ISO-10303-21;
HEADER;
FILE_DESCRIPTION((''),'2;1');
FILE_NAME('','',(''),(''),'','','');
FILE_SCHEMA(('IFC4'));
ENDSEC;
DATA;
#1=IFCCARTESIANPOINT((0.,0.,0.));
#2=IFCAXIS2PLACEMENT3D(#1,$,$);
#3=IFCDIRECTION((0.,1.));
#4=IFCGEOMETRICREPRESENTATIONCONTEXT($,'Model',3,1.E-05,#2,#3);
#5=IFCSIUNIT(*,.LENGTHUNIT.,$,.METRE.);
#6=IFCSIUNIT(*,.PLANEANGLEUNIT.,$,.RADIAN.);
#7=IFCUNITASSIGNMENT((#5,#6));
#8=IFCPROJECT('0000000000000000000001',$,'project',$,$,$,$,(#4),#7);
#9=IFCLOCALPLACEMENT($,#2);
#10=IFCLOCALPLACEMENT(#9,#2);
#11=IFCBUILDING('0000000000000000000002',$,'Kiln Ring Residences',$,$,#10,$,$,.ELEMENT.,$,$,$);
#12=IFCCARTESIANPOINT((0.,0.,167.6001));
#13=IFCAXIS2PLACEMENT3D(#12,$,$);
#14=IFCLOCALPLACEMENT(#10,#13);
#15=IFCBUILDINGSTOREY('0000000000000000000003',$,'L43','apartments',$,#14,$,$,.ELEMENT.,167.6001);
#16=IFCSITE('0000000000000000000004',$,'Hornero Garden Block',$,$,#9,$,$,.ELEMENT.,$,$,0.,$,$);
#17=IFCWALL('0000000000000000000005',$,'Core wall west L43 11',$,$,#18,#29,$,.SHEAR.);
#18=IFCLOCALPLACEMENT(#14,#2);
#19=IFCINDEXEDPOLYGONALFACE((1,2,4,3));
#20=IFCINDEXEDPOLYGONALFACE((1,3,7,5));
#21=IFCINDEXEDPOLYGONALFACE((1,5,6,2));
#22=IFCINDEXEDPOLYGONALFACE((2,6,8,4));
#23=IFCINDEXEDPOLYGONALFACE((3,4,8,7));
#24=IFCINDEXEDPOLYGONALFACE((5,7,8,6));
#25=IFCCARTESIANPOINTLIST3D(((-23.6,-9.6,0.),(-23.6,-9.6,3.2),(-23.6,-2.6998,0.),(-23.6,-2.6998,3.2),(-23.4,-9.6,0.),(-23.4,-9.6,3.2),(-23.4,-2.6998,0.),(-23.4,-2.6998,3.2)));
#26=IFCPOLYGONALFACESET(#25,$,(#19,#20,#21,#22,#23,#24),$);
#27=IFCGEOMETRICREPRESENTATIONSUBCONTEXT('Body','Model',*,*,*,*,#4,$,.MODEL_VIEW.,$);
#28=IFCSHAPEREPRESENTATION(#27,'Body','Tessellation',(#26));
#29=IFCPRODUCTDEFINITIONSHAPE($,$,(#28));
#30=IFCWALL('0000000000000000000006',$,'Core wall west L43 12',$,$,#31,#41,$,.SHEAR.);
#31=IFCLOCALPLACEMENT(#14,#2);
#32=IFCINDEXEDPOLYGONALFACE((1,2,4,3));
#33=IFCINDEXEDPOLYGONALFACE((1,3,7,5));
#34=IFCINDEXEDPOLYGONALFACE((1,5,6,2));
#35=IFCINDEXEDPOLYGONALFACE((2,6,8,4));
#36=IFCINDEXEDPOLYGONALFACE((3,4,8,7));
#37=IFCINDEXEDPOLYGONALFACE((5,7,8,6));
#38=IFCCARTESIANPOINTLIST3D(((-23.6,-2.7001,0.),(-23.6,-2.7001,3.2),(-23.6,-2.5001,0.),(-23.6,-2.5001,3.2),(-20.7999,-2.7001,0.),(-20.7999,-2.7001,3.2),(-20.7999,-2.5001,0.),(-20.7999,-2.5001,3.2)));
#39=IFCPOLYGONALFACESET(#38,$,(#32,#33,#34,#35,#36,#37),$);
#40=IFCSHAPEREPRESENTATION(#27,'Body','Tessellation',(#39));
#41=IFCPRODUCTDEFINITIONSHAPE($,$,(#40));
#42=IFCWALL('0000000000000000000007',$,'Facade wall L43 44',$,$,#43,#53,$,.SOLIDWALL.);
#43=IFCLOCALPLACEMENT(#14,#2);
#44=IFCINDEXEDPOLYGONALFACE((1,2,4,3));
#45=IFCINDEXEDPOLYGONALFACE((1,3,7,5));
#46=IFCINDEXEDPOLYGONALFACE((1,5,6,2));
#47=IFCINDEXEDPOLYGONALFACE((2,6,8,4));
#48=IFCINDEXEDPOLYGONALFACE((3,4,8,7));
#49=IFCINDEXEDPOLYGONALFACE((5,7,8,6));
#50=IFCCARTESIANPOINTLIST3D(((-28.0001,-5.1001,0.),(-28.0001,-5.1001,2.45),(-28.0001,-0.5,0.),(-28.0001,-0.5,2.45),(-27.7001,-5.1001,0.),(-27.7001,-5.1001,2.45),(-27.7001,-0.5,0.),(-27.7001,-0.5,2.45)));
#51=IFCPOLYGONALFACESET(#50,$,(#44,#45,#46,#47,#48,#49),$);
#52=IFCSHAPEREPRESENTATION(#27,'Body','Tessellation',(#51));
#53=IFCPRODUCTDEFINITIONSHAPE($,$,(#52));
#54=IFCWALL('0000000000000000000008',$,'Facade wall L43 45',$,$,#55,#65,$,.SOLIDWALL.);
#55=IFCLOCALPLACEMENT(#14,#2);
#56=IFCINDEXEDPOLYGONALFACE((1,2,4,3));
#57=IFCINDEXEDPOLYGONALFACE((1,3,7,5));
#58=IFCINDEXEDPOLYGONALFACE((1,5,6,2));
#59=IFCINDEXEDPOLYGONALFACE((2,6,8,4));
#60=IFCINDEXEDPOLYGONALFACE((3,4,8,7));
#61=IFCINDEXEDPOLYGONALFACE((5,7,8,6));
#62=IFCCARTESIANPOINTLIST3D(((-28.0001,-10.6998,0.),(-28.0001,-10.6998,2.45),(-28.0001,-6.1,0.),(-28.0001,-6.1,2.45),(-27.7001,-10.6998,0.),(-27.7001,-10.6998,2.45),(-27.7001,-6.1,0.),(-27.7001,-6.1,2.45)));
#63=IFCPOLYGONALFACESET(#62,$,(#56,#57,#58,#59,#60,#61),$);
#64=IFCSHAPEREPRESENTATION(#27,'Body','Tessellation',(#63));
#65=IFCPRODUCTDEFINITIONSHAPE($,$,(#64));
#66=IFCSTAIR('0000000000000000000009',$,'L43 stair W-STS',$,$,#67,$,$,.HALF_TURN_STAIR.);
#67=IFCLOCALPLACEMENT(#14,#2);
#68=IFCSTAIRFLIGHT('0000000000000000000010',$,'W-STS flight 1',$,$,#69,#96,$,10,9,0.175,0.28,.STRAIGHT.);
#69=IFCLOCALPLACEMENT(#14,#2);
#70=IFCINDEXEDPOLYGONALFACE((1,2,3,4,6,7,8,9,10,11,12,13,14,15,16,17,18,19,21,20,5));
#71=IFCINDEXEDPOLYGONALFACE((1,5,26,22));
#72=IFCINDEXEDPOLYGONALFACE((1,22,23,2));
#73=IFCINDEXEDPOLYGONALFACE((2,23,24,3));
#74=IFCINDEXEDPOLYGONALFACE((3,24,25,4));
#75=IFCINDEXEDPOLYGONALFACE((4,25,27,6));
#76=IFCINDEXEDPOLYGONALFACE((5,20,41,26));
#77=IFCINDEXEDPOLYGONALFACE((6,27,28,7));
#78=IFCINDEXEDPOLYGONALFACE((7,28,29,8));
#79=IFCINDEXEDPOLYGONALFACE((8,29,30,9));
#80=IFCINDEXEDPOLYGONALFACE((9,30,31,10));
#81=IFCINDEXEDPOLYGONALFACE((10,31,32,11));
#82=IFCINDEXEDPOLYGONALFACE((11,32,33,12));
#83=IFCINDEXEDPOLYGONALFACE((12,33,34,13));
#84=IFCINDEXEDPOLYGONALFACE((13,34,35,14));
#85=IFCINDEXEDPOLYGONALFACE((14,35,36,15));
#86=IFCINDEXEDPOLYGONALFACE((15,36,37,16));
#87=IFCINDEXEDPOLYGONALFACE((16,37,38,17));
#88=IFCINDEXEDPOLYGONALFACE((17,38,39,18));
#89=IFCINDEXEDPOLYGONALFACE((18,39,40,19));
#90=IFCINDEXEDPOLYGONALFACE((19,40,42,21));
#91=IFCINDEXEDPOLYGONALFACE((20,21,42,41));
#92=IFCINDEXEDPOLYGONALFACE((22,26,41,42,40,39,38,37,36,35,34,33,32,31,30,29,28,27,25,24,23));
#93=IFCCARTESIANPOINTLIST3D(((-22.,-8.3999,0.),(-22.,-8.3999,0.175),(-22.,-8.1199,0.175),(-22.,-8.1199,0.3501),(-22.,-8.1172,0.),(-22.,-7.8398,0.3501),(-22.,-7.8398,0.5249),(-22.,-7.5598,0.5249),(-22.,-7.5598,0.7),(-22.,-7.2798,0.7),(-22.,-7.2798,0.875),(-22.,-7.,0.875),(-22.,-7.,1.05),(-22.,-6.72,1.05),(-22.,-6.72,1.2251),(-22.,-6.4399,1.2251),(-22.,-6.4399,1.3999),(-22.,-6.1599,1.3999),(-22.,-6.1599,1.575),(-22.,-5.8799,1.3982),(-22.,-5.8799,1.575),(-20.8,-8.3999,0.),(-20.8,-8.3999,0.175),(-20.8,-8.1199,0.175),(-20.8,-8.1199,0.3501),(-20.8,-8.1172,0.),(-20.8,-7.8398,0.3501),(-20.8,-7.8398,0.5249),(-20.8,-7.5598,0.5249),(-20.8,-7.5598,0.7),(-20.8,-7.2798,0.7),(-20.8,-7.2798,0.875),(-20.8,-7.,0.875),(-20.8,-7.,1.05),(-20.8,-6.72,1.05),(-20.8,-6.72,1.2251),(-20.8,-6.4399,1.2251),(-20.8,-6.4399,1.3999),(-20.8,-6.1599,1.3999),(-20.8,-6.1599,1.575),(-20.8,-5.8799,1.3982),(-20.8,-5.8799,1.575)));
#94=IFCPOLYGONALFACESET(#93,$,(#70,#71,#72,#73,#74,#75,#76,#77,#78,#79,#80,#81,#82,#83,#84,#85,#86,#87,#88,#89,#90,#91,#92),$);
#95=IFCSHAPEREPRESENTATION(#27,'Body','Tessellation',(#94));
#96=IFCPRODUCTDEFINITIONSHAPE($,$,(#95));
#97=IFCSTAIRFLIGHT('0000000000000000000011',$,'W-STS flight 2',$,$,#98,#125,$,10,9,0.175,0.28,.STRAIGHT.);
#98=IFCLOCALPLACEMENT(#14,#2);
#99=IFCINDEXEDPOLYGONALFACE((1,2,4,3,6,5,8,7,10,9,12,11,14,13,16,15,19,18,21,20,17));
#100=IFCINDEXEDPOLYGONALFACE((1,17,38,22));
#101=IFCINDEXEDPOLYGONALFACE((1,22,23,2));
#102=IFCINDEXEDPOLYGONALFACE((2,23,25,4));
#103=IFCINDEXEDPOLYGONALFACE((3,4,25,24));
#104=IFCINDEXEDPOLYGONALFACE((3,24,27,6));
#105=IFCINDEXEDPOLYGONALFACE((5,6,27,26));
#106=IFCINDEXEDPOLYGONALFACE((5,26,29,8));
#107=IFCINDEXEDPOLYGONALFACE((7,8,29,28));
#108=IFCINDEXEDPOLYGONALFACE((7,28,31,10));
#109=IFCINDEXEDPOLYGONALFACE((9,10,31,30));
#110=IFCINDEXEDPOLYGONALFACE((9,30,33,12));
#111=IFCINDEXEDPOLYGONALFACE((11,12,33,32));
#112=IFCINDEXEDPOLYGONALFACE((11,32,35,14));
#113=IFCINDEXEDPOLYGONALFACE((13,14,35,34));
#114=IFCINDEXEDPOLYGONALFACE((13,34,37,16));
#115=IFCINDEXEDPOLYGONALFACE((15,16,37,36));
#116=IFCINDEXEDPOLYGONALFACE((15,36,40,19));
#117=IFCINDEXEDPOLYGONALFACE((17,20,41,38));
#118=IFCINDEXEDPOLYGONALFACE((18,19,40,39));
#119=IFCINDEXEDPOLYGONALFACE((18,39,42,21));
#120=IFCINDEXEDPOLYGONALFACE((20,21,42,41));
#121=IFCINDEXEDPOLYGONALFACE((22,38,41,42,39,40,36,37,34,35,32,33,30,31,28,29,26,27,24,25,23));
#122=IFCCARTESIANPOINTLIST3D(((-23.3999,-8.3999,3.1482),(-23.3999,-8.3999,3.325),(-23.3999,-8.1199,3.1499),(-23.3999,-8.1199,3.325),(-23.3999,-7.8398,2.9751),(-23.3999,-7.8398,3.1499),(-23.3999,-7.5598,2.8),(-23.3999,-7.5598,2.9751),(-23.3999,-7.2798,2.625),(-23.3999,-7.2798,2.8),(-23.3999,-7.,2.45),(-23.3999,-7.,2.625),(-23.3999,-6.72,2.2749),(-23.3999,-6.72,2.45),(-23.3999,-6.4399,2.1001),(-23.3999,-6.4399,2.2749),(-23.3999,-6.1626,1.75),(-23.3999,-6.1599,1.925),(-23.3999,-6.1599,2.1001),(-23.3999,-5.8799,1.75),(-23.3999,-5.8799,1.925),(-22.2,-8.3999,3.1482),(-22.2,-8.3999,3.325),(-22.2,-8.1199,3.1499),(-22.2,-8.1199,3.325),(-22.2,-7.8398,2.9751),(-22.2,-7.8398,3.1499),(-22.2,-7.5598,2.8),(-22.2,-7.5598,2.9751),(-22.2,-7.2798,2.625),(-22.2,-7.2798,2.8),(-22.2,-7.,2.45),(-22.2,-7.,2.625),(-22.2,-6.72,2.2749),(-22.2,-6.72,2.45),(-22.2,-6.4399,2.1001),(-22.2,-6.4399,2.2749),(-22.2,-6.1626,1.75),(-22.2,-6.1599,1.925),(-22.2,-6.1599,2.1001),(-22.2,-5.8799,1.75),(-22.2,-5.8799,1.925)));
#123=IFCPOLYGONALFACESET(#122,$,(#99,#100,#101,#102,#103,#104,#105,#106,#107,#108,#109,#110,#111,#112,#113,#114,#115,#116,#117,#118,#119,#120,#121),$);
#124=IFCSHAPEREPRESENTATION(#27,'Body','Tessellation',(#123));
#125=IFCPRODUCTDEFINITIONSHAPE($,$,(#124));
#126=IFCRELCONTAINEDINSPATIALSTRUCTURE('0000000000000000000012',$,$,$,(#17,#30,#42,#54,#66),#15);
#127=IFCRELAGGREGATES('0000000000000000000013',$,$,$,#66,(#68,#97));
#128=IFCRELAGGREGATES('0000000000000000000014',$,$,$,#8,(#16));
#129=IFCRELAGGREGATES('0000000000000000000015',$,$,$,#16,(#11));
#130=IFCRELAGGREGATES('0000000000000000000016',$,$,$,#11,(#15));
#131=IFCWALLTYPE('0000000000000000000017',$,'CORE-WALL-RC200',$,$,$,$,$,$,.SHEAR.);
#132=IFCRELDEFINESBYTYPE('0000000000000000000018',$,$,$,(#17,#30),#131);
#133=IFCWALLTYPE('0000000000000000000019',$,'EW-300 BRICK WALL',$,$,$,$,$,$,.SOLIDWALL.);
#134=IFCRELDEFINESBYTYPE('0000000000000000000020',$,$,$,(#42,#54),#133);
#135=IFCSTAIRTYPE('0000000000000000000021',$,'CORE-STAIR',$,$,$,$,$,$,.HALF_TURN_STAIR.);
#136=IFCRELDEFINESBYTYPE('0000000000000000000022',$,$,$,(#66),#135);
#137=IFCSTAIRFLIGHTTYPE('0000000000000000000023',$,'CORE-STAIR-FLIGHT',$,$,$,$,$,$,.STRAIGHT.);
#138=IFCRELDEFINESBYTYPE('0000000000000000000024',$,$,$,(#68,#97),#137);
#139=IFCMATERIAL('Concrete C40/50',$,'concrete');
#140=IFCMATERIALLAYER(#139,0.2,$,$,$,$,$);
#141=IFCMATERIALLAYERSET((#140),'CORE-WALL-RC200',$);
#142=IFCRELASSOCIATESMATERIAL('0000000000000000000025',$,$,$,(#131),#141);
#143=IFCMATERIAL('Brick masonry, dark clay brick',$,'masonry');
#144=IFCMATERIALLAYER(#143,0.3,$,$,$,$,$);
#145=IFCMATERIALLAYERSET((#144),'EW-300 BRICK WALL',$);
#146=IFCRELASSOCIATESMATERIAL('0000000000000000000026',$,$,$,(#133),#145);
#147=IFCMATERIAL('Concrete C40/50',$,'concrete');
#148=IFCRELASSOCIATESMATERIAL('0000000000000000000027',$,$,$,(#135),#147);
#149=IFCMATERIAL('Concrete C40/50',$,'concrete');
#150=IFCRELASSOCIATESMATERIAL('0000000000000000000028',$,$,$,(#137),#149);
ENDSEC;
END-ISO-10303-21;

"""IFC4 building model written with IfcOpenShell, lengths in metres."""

from ifc_helpers import new_model, si_unit, direction, frame, frame_2d, origin, place, context, subcontext, project, spatial, polyline, rectangle, outline, extrude, material, layer, layer_set, type_object, element, aggregate, save


model = new_model("IFC4")

# Units and contexts
model_context = context("Model", 3, precision=1e-05, world=origin(), true_north=direction((0.0, 1.0)))
body_context = subcontext(model_context, "Body", "Model", "MODEL_VIEW")
ifc_project = project(units=[si_unit("LENGTHUNIT", "METRE"), si_unit("PLANEANGLEUNIT", "RADIAN")], contexts=[model_context])

# Site, building, storey
site_placement = place(None, origin())
site = spatial("IfcSite", under=ifc_project, at=site_placement, Name="Hornero Garden Block", CompositionType="ELEMENT", RefElevation=0.0)
building_placement = place(site_placement, origin())
building = spatial("IfcBuilding", under=site, at=building_placement, Name="Kiln Ring Residences", CompositionType="ELEMENT")
storey_placement = place(building_placement, frame((0.0, 0.0, 167.6001)))
storey = spatial("IfcBuildingStorey", under=building, at=storey_placement, Name="L43", Description="apartments", CompositionType="ELEMENT", Elevation=167.6001)

# Shared definitions
ifc_material_1 = material(Name="Concrete C40/50", Category="concrete")
ifc_layer_1 = layer(ifc_material_1, 0.2)
ifc_layer_set_1 = layer_set([ifc_layer_1], Name="CORE-WALL-RC200")
wall_type_1 = type_object("IfcWallType", Name="CORE-WALL-RC200", PredefinedType="SHEAR", material=ifc_layer_set_1)

# Walls
wall_1_placement = place(storey_placement, frame((-23.5, -9.6001, 0.0), z_axis=(0.0, 0.0, 1.0), x_axis=(0.0, 1.0, 0.0)))
element("IfcWall", 1, at=wall_1_placement, inside=storey, type_object=wall_type_1, Name="Core wall west L43 11", PredefinedType="SHEAR", context=body_context, shape_type="SweptSolid", body=[
    extrude(rectangle(XDim=6.9001, YDim=0.2, at=frame_2d((3.4502, 0.0))), origin(), (0.0, 0.0, 1.0), 3.2),
])
wall_2_placement = place(storey_placement, frame((-20.8, -2.6001, 0.0), z_axis=(0.0, 0.0, 1.0), x_axis=(-1.0, 0.0, 0.0)))
element("IfcWall", 2, at=wall_2_placement, inside=storey, type_object=wall_type_1, Name="Core wall west L43 12", PredefinedType="SHEAR", context=body_context, shape_type="SweptSolid", body=[
    extrude(rectangle(XDim=2.8, YDim=0.2, at=frame_2d((1.3999, 0.0))), origin(), (0.0, 0.0, 1.0), 3.2),
])
ifc_material_2 = material(Name="Brick masonry, dark clay brick", Category="masonry")
ifc_layer_2 = layer(ifc_material_2, 0.3)
ifc_layer_set_2 = layer_set([ifc_layer_2], Name="EW-300 BRICK WALL")
wall_type_2 = type_object("IfcWallType", Name="EW-300 BRICK WALL", PredefinedType="SOLIDWALL", material=ifc_layer_set_2)
wall_3_placement = place(storey_placement, frame((-27.8501, -0.5, 0.0), z_axis=(0.0, 0.0, 1.0), x_axis=(0.0, -1.0, 0.0)))
element("IfcWall", 3, at=wall_3_placement, inside=storey, type_object=wall_type_2, Name="Facade wall L43 44", PredefinedType="SOLIDWALL", context=body_context, shape_type="SweptSolid", body=[
    extrude(rectangle(XDim=4.6001, YDim=0.3, at=frame_2d((2.3, 0.0))), origin(), (0.0, 0.0, 1.0), 2.45),
])
wall_4_placement = place(storey_placement, frame((-27.8501, -6.1001, 0.0), z_axis=(0.0, 0.0, 1.0), x_axis=(0.0, -1.0, 0.0)))
element("IfcWall", 4, at=wall_4_placement, inside=storey, type_object=wall_type_2, Name="Facade wall L43 45", PredefinedType="SOLIDWALL", context=body_context, shape_type="SweptSolid", body=[
    extrude(rectangle(XDim=4.5999, YDim=0.3, at=frame_2d((2.2998, 0.0))), origin(), (0.0, 0.0, 1.0), 2.45),
])

# Stair, stair flights
ifc_material_3 = material(Name="Concrete C40/50", Category="concrete")
stair_type = type_object("IfcStairType", Name="CORE-STAIR", PredefinedType="HALF_TURN_STAIR", material=ifc_material_3)
stair_placement = place(storey_placement, origin())
stair = element("IfcStair", 5, at=stair_placement, inside=storey, type_object=stair_type, Name="L43 stair W-STS", PredefinedType="HALF_TURN_STAIR")
ifc_material_4 = material(Name="Concrete C40/50", Category="concrete")
stair_flight_type = type_object("IfcStairFlightType", Name="CORE-STAIR-FLIGHT", PredefinedType="STRAIGHT", material=ifc_material_4)
stair_flight_1_placement = place(storey_placement, frame((-21.3999, -8.3999, 0.0), z_axis=(0.0, 0.0, 1.0), x_axis=(0.0, 1.0, 0.0)))
stair_flight_1 = element("IfcStairFlight", 6, at=stair_flight_1_placement, type_object=stair_flight_type, Name="W-STS flight 1", NumberOfRisers=10, NumberOfTreads=9, PredefinedType="STRAIGHT", RiserHeight=0.175, TreadLength=0.28, context=body_context, shape_type="SweptSolid", body=[
    extrude(outline(polyline([(0.0, 0.0), (0.0, 0.175), (0.28, 0.175), (0.28, 0.3501), (0.5601, 0.3501), (0.5601, 0.5249), (0.8401, 0.5249), (0.8401, 0.7), (1.1201, 0.7), (1.1201, 0.875), (1.3999, 0.875), (1.3999, 1.05), (1.6799, 1.05), (1.6799, 1.2251), (1.96, 1.2251), (1.96, 1.3999), (2.24, 1.3999), (2.24, 1.575), (2.52, 1.575), (2.52, 1.75), (2.52, 1.3982), (0.2827, 0.0), (0.0, 0.0)])), frame((0.0, 0.6001, 0.0), z_axis=(0.0, -1.0, 0.0), x_axis=(1.0, 0.0, 0.0)), (0.0, 0.0, 1.0), 1.2),
])
stair_flight_2_placement = place(storey_placement, frame((-22.8, -5.8799, 1.75), z_axis=(0.0, 0.0, 1.0), x_axis=(0.0, -1.0, 0.0)))
stair_flight_2 = element("IfcStairFlight", 7, at=stair_flight_2_placement, type_object=stair_flight_type, Name="W-STS flight 2", NumberOfRisers=10, NumberOfTreads=9, PredefinedType="STRAIGHT", RiserHeight=0.175, TreadLength=0.28, context=body_context, shape_type="SweptSolid", body=[
    extrude(outline(polyline([(0.0, 0.0), (0.0, 0.175), (0.28, 0.175), (0.28, 0.3501), (0.5601, 0.3501), (0.5601, 0.5249), (0.8401, 0.5249), (0.8401, 0.7), (1.1201, 0.7), (1.1201, 0.875), (1.3999, 0.875), (1.3999, 1.05), (1.6799, 1.05), (1.6799, 1.2251), (1.96, 1.2251), (1.96, 1.3999), (2.24, 1.3999), (2.24, 1.575), (2.52, 1.575), (2.52, 1.75), (2.52, 1.3982), (0.2827, 0.0), (0.0, 0.0)])), frame((0.0, 0.6001, 0.0), z_axis=(0.0, -1.0, 0.0), x_axis=(1.0, 0.0, 0.0)), (0.0, 0.0, 1.0), 1.2),
])
aggregate(stair, [stair_flight_1, stair_flight_2])

save(model, "model.ifc")
